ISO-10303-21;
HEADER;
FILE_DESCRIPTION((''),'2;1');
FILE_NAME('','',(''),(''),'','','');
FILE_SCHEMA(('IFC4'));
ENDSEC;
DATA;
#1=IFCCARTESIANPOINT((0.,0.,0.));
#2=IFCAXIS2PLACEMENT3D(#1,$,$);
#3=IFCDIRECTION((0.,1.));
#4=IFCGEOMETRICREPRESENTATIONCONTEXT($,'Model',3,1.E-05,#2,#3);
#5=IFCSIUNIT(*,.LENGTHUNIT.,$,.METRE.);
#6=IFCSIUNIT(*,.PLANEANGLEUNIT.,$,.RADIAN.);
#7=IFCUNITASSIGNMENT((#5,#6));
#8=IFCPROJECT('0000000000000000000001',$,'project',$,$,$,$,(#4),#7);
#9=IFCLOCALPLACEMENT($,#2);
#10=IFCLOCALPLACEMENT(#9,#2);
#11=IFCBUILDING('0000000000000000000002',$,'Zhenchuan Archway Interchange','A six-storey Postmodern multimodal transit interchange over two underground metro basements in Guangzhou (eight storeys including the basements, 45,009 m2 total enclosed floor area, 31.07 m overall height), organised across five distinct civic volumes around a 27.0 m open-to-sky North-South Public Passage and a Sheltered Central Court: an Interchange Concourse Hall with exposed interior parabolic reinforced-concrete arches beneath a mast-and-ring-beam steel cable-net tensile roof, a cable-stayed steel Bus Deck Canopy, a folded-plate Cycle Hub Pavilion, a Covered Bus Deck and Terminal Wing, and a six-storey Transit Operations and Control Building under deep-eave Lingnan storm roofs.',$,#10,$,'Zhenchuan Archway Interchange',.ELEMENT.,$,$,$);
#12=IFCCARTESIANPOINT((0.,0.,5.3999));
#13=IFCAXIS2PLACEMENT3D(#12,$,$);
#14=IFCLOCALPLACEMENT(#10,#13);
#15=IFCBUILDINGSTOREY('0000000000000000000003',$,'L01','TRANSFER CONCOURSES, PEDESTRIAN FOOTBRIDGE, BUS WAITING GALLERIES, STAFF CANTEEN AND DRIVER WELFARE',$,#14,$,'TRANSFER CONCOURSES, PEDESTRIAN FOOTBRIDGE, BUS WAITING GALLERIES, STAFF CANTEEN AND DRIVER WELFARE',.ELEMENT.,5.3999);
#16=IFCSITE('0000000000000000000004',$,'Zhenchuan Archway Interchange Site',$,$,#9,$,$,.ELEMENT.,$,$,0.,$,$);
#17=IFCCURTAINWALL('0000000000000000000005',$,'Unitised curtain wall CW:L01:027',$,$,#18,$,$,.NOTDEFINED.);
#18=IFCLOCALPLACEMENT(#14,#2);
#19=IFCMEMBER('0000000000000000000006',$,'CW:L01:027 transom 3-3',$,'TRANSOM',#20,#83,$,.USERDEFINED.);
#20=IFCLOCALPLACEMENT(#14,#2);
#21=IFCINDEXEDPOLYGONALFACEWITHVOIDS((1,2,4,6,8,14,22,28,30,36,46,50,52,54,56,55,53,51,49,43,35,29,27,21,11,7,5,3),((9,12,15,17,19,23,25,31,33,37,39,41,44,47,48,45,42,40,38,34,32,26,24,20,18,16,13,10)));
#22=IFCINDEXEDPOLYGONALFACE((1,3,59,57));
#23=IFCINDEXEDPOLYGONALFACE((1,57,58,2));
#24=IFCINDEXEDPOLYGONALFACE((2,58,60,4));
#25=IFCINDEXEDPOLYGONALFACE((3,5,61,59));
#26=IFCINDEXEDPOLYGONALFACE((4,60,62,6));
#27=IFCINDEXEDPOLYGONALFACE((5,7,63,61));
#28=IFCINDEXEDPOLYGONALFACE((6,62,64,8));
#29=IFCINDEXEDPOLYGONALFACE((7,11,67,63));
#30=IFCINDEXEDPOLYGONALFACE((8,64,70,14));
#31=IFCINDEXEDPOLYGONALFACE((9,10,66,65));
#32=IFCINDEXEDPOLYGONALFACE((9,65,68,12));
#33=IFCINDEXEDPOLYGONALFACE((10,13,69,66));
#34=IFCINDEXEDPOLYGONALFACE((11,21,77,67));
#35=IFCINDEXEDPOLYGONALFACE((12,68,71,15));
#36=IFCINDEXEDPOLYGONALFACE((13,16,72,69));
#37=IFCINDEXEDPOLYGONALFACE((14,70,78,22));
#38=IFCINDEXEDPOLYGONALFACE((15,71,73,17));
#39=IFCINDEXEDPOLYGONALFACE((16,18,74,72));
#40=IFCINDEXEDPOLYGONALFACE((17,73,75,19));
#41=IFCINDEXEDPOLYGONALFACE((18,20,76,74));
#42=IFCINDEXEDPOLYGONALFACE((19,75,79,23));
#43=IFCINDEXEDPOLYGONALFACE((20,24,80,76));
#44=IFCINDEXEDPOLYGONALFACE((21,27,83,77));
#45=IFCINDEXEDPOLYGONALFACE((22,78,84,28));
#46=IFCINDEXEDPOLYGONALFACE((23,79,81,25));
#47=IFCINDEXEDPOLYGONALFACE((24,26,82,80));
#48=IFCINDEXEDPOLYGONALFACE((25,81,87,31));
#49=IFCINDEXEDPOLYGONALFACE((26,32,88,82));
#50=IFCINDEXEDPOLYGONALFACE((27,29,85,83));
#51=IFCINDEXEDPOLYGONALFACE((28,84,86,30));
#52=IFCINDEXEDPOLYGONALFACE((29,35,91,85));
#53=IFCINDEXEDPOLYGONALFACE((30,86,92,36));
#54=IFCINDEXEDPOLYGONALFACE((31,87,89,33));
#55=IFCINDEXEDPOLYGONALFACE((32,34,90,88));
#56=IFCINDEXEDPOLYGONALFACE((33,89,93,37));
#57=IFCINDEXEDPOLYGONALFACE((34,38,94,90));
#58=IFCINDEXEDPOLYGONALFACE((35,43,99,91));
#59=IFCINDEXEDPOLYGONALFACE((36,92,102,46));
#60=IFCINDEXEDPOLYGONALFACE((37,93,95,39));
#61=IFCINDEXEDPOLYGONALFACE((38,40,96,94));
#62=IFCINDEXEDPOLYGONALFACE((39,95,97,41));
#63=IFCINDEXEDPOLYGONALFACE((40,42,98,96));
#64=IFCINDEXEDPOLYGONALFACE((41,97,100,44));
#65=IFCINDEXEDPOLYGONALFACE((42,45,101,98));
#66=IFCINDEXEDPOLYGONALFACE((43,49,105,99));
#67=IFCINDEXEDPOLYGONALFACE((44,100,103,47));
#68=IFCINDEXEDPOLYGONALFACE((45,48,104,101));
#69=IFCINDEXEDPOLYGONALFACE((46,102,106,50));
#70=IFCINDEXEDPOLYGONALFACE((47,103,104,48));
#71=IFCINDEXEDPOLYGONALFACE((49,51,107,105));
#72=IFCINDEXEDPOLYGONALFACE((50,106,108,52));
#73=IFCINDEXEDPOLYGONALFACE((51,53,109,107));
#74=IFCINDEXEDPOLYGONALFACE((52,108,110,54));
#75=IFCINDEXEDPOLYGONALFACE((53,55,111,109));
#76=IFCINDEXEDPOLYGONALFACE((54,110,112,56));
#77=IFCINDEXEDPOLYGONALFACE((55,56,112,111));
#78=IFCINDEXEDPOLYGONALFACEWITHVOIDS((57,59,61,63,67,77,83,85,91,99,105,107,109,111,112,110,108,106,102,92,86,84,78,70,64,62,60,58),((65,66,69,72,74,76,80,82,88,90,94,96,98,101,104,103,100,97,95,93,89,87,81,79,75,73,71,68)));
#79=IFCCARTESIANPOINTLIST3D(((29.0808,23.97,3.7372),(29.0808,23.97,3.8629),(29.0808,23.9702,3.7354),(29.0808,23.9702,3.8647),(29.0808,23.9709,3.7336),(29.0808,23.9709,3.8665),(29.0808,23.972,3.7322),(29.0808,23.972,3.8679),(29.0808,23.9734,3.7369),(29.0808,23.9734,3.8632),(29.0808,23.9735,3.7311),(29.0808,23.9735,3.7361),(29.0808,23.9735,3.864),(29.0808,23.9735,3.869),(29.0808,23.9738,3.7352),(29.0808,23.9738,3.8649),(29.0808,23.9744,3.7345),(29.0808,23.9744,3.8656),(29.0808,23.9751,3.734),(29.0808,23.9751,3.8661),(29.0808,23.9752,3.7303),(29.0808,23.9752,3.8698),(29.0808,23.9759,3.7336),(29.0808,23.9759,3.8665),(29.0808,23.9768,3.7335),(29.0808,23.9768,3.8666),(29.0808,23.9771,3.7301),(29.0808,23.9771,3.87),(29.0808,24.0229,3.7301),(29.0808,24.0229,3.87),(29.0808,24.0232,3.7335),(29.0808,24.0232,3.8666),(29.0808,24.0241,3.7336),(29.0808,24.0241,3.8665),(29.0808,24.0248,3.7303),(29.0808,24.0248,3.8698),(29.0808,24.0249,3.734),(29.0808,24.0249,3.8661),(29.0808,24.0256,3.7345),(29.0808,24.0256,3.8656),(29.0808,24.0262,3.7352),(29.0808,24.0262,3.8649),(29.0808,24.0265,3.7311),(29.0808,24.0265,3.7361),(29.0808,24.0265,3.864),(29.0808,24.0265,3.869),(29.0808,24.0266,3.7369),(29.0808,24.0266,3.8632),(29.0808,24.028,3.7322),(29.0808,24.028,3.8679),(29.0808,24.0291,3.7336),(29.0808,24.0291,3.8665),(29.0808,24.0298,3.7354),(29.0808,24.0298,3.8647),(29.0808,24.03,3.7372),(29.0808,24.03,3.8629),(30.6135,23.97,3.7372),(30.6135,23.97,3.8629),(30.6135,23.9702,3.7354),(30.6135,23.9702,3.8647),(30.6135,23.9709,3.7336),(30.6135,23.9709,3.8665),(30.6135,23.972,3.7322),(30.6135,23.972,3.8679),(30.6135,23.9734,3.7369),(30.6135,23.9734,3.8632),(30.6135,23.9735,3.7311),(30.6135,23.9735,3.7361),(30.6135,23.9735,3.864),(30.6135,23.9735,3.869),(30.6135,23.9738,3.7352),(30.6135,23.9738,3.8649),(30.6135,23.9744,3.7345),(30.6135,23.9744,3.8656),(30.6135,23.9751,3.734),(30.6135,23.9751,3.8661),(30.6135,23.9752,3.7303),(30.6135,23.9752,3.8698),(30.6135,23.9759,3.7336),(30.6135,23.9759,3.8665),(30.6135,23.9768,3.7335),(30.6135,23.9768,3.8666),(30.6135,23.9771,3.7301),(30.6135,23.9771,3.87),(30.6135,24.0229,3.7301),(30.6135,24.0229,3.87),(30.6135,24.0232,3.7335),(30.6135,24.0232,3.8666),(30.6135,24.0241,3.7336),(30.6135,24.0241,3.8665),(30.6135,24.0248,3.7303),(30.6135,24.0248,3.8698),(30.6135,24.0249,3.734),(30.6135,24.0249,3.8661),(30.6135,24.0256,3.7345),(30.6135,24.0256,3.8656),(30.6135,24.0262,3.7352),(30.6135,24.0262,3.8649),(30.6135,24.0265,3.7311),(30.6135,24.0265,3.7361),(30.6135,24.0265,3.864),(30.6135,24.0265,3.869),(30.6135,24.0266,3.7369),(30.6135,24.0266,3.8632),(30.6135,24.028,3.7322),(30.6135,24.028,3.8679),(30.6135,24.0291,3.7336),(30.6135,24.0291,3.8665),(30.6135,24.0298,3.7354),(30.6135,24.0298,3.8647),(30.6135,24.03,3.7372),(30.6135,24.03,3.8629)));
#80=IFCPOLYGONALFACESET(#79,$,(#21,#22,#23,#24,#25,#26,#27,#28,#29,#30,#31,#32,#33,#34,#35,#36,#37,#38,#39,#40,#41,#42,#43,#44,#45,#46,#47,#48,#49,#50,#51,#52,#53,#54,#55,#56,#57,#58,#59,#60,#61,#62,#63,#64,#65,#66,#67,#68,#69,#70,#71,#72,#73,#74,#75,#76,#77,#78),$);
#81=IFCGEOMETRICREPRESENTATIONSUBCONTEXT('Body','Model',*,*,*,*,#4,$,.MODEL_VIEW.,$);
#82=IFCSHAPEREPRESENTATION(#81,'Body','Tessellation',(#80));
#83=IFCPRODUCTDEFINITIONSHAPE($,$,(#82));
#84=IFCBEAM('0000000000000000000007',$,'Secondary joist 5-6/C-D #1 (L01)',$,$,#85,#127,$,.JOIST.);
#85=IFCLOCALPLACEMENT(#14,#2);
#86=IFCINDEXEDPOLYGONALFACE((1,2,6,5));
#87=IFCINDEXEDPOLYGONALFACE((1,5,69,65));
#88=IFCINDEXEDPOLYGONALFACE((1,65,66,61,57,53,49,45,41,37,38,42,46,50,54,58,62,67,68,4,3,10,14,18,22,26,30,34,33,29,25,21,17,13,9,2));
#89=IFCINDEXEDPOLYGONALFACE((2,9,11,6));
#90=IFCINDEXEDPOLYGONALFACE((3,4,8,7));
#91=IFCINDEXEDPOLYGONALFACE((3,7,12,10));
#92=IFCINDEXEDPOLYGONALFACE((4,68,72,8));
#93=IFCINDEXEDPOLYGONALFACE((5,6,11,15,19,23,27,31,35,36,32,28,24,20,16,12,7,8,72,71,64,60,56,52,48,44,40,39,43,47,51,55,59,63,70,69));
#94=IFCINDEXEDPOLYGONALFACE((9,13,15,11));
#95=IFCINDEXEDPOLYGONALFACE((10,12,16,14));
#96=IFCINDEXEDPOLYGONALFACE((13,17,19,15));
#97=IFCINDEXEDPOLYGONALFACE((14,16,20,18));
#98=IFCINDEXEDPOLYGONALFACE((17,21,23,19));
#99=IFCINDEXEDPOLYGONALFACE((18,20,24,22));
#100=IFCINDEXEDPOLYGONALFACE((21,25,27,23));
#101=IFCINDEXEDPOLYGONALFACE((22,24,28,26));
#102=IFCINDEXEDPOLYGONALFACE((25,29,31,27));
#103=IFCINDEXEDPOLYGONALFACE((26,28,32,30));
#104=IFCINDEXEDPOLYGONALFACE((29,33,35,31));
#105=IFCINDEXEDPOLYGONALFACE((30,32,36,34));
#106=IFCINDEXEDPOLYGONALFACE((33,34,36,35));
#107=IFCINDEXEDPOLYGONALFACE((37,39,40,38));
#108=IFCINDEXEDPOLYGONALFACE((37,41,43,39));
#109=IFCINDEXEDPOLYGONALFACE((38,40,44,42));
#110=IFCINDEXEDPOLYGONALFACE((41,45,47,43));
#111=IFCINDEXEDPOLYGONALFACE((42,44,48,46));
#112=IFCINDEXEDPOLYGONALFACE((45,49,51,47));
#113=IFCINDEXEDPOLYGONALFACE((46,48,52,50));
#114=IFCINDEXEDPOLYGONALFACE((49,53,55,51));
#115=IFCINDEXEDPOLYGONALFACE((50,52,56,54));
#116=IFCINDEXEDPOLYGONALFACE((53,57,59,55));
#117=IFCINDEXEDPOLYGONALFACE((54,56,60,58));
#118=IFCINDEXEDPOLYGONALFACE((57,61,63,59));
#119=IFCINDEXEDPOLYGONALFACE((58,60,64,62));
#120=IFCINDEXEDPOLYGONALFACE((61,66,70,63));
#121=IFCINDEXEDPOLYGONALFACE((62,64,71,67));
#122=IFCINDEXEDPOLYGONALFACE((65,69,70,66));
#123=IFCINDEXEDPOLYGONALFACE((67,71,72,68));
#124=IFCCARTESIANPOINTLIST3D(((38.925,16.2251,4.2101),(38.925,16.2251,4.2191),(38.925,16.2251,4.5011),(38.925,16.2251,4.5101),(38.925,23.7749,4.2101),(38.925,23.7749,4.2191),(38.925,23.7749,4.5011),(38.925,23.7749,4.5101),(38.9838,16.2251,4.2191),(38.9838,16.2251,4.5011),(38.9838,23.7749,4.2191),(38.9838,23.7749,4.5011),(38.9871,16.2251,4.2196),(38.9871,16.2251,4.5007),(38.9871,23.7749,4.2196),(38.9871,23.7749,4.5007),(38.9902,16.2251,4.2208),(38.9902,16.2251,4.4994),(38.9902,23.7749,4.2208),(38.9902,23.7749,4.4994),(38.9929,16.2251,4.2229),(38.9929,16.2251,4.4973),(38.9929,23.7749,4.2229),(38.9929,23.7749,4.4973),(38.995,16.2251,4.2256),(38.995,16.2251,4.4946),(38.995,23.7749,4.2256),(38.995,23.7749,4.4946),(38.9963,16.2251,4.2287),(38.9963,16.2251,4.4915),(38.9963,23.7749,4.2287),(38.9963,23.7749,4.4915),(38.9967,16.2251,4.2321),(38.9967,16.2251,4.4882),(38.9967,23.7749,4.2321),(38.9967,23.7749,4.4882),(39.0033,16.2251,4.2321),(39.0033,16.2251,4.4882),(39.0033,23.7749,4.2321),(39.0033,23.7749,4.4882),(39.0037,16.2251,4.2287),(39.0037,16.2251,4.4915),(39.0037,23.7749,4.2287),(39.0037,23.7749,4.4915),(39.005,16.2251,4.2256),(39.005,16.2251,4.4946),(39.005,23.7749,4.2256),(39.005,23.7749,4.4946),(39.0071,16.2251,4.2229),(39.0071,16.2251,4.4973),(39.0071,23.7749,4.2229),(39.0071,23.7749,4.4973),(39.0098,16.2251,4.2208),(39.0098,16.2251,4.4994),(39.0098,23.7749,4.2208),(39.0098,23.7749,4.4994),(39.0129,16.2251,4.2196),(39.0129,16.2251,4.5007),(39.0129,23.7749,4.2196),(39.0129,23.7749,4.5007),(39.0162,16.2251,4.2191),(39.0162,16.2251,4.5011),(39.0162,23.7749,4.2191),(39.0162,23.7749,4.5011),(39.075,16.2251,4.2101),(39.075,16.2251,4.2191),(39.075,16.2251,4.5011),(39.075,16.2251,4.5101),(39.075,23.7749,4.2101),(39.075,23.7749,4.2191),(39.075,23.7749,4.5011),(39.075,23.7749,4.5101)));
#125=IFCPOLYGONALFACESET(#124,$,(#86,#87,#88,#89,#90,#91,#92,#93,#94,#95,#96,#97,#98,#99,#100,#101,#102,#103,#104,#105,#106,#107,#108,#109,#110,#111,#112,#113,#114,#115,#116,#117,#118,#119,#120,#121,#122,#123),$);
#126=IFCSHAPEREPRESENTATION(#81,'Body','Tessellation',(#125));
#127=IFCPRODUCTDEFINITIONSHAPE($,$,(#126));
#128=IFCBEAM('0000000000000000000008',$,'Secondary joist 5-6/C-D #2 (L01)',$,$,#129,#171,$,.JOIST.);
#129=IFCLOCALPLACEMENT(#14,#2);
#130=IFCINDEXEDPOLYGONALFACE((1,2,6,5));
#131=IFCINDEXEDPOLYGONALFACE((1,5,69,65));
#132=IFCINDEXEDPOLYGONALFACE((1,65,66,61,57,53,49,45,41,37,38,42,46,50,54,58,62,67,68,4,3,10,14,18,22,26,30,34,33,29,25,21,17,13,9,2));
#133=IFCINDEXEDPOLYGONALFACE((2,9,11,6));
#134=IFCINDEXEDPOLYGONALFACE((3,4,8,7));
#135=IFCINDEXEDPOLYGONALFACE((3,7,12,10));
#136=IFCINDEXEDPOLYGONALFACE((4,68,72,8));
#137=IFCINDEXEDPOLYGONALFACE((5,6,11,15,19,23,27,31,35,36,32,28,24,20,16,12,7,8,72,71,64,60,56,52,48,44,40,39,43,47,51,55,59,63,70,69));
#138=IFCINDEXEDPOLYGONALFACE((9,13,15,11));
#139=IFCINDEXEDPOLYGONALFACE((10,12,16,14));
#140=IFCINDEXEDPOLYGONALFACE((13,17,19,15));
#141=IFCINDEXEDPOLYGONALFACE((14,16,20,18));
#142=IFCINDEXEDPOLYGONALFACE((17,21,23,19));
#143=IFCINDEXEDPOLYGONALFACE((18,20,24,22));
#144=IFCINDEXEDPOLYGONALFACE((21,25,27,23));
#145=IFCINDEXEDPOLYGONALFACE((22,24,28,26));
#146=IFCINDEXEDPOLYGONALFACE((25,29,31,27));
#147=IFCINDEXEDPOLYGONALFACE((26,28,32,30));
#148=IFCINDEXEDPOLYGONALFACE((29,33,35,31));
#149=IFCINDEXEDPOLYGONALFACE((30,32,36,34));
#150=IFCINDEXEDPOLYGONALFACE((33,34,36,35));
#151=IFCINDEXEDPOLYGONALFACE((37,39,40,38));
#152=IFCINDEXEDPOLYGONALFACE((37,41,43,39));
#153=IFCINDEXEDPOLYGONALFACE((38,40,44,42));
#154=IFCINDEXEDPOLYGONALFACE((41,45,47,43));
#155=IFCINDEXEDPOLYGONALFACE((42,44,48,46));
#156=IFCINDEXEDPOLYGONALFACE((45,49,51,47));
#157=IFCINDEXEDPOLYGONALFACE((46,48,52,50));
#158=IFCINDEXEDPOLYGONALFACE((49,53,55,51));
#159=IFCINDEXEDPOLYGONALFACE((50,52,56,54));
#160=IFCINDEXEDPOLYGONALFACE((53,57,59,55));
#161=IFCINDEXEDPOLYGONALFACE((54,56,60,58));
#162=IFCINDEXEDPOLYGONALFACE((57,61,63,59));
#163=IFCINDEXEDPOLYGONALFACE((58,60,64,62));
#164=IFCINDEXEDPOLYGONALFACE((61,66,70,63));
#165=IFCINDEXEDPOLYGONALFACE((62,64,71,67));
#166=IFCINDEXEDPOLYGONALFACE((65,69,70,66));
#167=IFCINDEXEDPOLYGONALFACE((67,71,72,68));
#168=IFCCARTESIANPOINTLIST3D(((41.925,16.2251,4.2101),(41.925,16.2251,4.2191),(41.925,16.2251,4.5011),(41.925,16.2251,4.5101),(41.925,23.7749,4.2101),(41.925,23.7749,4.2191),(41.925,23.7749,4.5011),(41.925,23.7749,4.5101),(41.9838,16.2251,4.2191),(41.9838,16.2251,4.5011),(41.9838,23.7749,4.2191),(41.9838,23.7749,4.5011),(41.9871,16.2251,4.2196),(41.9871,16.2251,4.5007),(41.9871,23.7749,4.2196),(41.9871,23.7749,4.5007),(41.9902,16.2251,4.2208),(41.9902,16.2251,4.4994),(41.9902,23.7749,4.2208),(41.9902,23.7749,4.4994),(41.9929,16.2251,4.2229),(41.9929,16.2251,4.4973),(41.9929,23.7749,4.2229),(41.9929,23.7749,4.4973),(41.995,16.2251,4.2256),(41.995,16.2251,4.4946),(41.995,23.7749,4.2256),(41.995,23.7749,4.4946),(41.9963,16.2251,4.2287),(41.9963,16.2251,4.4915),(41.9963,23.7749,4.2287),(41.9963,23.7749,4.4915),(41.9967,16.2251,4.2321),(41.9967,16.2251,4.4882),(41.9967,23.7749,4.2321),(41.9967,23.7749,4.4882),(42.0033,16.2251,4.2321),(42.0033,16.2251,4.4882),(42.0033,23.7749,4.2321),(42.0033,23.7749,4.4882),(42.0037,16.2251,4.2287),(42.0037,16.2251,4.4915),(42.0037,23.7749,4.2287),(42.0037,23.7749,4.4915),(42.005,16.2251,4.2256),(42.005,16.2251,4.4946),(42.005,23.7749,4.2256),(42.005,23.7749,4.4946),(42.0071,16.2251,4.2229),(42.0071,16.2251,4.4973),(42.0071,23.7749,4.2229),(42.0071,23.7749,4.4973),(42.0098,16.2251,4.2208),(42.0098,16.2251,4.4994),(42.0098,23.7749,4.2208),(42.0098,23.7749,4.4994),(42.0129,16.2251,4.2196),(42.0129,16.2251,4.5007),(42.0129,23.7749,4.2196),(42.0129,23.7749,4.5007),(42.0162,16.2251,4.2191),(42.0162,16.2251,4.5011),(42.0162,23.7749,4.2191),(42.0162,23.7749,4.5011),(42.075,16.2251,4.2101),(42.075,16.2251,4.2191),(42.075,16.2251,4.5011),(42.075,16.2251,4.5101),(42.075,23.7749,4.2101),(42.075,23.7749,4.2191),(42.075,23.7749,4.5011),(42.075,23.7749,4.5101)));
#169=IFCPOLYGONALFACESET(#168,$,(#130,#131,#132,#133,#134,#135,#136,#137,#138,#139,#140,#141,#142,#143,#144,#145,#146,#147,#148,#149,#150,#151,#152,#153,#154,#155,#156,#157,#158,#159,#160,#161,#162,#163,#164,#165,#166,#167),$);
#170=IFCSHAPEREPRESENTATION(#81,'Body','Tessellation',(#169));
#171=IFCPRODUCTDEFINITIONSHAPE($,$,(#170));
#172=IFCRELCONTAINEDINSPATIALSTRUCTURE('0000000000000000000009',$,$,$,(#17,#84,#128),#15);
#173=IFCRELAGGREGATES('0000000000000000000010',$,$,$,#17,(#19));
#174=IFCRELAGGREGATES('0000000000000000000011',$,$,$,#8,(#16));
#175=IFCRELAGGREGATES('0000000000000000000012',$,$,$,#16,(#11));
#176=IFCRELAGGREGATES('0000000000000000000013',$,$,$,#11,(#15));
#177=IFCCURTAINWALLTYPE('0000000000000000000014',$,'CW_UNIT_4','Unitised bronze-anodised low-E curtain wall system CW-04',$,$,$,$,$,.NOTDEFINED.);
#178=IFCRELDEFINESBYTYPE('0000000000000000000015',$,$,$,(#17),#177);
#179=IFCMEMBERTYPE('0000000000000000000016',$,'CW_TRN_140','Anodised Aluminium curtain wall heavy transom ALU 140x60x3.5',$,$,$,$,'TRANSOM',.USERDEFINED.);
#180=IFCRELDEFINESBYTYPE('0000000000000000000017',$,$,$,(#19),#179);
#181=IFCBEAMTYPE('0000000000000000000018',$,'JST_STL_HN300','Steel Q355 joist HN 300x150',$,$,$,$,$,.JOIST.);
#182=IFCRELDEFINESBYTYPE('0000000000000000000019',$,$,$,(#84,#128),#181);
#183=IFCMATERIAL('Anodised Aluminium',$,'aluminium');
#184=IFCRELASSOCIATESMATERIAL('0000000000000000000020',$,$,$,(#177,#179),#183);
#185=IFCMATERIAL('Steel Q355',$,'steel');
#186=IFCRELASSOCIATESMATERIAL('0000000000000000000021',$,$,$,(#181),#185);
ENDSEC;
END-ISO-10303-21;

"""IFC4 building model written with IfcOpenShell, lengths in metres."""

from ifc_helpers import new_model, si_unit, direction, frame, origin, origin_2d, place, context, subcontext, project, spatial, hollow_rectangle, i_section, extrude, material, material_profile, profile_set, type_object, element, aggregate, save


model = new_model("IFC4")

# Units and contexts
model_context = context("Model", 3, precision=1e-05, world=origin(), true_north=direction((0.0, 1.0)))
body_context = subcontext(model_context, "Body", "Model", "MODEL_VIEW")
ifc_project = project(units=[si_unit("LENGTHUNIT", "METRE"), si_unit("PLANEANGLEUNIT", "RADIAN")], contexts=[model_context])

# Site, building, storey
site_placement = place(None, origin())
site = spatial("IfcSite", under=ifc_project, at=site_placement, Name="Zhenchuan Archway Interchange Site", CompositionType="ELEMENT", RefElevation=0.0)
building_placement = place(site_placement, origin())
building = spatial("IfcBuilding", under=site, at=building_placement, Name="Zhenchuan Archway Interchange", Description="A six-storey Postmodern multimodal transit interchange over two underground metro basements in Guangzhou (eight storeys including the basements, 45,009 m2 total enclosed floor area, 31.07 m overall height), organised across five distinct civic volumes around a 27.0 m open-to-sky North-South Public Passage and a Sheltered Central Court: an Interchange Concourse Hall with exposed interior parabolic reinforced-concrete arches beneath a mast-and-ring-beam steel cable-net tensile roof, a cable-stayed steel Bus Deck Canopy, a folded-plate Cycle Hub Pavilion, a Covered Bus Deck and Terminal Wing, and a six-storey Transit Operations and Control Building under deep-eave Lingnan storm roofs.", LongName="Zhenchuan Archway Interchange", CompositionType="ELEMENT")
storey_placement = place(building_placement, frame((0.0, 0.0, 5.3999)))
storey = spatial("IfcBuildingStorey", under=building, at=storey_placement, Name="L01", Description="TRANSFER CONCOURSES, PEDESTRIAN FOOTBRIDGE, BUS WAITING GALLERIES, STAFF CANTEEN AND DRIVER WELFARE", LongName="TRANSFER CONCOURSES, PEDESTRIAN FOOTBRIDGE, BUS WAITING GALLERIES, STAFF CANTEEN AND DRIVER WELFARE", CompositionType="ELEMENT", Elevation=5.3999)

# Curtain wall, member
ifc_material_1 = material(Name="Anodised Aluminium", Category="aluminium")
curtain_wall_type = type_object("IfcCurtainWallType", Name="CW_UNIT_4", Description="Unitised bronze-anodised low-E curtain wall system CW-04", PredefinedType="NOTDEFINED", material=ifc_material_1)
curtain_wall_placement = place(storey_placement, origin())
curtain_wall = element("IfcCurtainWall", 1, at=curtain_wall_placement, inside=storey, type_object=curtain_wall_type, Name="Unitised curtain wall CW:L01:027", PredefinedType="NOTDEFINED")
ifc_material_profile_1 = material_profile(ifc_material_1, hollow_rectangle(XDim=0.0601, YDim=0.1399, WallThickness=0.0034, InnerFilletRadius=0.0034, OuterFilletRadius=0.0071, at=origin_2d()), Name="ALU 140x60x3.5")
ifc_profile_set_1 = profile_set([ifc_material_profile_1], Name="Anodised Aluminium")
member_type_1 = type_object("IfcMemberType", Name="CW_TRN_140", Description="Anodised Aluminium curtain wall heavy transom ALU 140x60x3.5", ElementType="TRANSOM", PredefinedType="USERDEFINED", material=ifc_profile_set_1)
member_1_placement = place(storey_placement, frame((30.6135, 24.0, 3.8), z_axis=(-1.0, 0.0, 0.0), x_axis=(0.0, -1.0, 0.0)))
member_1 = element("IfcMember", 2, at=member_1_placement, type_object=member_type_1, Name="CW:L01:027 transom 3-3", ObjectType="TRANSOM", PredefinedType="USERDEFINED", context=body_context, shape_type="SweptSolid", body=[
    extrude(hollow_rectangle(XDim=0.0601, YDim=0.1399, WallThickness=0.0034, InnerFilletRadius=0.0034, OuterFilletRadius=0.0071, at=origin_2d()), origin(), (0.0, 0.0, 1.0), 1.5327),
])

# Beams
ifc_material_2 = material(Name="Steel Q355", Category="steel")
ifc_material_profile_2 = material_profile(ifc_material_2, i_section(OverallWidth=0.1499, OverallDepth=0.3, WebThickness=0.0066, FlangeThickness=0.009, FilletRadius=0.0129, at=origin_2d()), Name="HN 300x150")
ifc_profile_set_2 = profile_set([ifc_material_profile_2], Name="Steel Q355")
beam_type_1 = type_object("IfcBeamType", Name="JST_STL_HN300", Description="Steel Q355 joist HN 300x150", PredefinedType="JOIST", material=ifc_profile_set_2)
for number, where, z_axis, x_axis, name in (
    (3, (39.0, 16.2251, 4.3601), (0.0, 1.0, 0.0), (-1.0, 0.0, 0.0), "Secondary joist 5-6/C-D #1 (L01)"),
    (4, (42.0, 16.2251, 4.3601), (0.0, 1.0, 0.0), (-1.0, 0.0, 0.0), "Secondary joist 5-6/C-D #2 (L01)"),
):
    element("IfcBeam", number, at=place(storey_placement, frame(where, z_axis=z_axis, x_axis=x_axis)), inside=storey, type_object=beam_type_1, Name=name, PredefinedType="JOIST", context=body_context, shape_type="SweptSolid", body=[
        extrude(i_section(OverallWidth=0.1499, OverallDepth=0.3, WebThickness=0.0066, FlangeThickness=0.009, FilletRadius=0.0129, at=origin_2d()), origin(), (0.0, 0.0, 1.0), 7.5498),
    ])

aggregate(curtain_wall, [member_1])

save(model, "model.ifc")
